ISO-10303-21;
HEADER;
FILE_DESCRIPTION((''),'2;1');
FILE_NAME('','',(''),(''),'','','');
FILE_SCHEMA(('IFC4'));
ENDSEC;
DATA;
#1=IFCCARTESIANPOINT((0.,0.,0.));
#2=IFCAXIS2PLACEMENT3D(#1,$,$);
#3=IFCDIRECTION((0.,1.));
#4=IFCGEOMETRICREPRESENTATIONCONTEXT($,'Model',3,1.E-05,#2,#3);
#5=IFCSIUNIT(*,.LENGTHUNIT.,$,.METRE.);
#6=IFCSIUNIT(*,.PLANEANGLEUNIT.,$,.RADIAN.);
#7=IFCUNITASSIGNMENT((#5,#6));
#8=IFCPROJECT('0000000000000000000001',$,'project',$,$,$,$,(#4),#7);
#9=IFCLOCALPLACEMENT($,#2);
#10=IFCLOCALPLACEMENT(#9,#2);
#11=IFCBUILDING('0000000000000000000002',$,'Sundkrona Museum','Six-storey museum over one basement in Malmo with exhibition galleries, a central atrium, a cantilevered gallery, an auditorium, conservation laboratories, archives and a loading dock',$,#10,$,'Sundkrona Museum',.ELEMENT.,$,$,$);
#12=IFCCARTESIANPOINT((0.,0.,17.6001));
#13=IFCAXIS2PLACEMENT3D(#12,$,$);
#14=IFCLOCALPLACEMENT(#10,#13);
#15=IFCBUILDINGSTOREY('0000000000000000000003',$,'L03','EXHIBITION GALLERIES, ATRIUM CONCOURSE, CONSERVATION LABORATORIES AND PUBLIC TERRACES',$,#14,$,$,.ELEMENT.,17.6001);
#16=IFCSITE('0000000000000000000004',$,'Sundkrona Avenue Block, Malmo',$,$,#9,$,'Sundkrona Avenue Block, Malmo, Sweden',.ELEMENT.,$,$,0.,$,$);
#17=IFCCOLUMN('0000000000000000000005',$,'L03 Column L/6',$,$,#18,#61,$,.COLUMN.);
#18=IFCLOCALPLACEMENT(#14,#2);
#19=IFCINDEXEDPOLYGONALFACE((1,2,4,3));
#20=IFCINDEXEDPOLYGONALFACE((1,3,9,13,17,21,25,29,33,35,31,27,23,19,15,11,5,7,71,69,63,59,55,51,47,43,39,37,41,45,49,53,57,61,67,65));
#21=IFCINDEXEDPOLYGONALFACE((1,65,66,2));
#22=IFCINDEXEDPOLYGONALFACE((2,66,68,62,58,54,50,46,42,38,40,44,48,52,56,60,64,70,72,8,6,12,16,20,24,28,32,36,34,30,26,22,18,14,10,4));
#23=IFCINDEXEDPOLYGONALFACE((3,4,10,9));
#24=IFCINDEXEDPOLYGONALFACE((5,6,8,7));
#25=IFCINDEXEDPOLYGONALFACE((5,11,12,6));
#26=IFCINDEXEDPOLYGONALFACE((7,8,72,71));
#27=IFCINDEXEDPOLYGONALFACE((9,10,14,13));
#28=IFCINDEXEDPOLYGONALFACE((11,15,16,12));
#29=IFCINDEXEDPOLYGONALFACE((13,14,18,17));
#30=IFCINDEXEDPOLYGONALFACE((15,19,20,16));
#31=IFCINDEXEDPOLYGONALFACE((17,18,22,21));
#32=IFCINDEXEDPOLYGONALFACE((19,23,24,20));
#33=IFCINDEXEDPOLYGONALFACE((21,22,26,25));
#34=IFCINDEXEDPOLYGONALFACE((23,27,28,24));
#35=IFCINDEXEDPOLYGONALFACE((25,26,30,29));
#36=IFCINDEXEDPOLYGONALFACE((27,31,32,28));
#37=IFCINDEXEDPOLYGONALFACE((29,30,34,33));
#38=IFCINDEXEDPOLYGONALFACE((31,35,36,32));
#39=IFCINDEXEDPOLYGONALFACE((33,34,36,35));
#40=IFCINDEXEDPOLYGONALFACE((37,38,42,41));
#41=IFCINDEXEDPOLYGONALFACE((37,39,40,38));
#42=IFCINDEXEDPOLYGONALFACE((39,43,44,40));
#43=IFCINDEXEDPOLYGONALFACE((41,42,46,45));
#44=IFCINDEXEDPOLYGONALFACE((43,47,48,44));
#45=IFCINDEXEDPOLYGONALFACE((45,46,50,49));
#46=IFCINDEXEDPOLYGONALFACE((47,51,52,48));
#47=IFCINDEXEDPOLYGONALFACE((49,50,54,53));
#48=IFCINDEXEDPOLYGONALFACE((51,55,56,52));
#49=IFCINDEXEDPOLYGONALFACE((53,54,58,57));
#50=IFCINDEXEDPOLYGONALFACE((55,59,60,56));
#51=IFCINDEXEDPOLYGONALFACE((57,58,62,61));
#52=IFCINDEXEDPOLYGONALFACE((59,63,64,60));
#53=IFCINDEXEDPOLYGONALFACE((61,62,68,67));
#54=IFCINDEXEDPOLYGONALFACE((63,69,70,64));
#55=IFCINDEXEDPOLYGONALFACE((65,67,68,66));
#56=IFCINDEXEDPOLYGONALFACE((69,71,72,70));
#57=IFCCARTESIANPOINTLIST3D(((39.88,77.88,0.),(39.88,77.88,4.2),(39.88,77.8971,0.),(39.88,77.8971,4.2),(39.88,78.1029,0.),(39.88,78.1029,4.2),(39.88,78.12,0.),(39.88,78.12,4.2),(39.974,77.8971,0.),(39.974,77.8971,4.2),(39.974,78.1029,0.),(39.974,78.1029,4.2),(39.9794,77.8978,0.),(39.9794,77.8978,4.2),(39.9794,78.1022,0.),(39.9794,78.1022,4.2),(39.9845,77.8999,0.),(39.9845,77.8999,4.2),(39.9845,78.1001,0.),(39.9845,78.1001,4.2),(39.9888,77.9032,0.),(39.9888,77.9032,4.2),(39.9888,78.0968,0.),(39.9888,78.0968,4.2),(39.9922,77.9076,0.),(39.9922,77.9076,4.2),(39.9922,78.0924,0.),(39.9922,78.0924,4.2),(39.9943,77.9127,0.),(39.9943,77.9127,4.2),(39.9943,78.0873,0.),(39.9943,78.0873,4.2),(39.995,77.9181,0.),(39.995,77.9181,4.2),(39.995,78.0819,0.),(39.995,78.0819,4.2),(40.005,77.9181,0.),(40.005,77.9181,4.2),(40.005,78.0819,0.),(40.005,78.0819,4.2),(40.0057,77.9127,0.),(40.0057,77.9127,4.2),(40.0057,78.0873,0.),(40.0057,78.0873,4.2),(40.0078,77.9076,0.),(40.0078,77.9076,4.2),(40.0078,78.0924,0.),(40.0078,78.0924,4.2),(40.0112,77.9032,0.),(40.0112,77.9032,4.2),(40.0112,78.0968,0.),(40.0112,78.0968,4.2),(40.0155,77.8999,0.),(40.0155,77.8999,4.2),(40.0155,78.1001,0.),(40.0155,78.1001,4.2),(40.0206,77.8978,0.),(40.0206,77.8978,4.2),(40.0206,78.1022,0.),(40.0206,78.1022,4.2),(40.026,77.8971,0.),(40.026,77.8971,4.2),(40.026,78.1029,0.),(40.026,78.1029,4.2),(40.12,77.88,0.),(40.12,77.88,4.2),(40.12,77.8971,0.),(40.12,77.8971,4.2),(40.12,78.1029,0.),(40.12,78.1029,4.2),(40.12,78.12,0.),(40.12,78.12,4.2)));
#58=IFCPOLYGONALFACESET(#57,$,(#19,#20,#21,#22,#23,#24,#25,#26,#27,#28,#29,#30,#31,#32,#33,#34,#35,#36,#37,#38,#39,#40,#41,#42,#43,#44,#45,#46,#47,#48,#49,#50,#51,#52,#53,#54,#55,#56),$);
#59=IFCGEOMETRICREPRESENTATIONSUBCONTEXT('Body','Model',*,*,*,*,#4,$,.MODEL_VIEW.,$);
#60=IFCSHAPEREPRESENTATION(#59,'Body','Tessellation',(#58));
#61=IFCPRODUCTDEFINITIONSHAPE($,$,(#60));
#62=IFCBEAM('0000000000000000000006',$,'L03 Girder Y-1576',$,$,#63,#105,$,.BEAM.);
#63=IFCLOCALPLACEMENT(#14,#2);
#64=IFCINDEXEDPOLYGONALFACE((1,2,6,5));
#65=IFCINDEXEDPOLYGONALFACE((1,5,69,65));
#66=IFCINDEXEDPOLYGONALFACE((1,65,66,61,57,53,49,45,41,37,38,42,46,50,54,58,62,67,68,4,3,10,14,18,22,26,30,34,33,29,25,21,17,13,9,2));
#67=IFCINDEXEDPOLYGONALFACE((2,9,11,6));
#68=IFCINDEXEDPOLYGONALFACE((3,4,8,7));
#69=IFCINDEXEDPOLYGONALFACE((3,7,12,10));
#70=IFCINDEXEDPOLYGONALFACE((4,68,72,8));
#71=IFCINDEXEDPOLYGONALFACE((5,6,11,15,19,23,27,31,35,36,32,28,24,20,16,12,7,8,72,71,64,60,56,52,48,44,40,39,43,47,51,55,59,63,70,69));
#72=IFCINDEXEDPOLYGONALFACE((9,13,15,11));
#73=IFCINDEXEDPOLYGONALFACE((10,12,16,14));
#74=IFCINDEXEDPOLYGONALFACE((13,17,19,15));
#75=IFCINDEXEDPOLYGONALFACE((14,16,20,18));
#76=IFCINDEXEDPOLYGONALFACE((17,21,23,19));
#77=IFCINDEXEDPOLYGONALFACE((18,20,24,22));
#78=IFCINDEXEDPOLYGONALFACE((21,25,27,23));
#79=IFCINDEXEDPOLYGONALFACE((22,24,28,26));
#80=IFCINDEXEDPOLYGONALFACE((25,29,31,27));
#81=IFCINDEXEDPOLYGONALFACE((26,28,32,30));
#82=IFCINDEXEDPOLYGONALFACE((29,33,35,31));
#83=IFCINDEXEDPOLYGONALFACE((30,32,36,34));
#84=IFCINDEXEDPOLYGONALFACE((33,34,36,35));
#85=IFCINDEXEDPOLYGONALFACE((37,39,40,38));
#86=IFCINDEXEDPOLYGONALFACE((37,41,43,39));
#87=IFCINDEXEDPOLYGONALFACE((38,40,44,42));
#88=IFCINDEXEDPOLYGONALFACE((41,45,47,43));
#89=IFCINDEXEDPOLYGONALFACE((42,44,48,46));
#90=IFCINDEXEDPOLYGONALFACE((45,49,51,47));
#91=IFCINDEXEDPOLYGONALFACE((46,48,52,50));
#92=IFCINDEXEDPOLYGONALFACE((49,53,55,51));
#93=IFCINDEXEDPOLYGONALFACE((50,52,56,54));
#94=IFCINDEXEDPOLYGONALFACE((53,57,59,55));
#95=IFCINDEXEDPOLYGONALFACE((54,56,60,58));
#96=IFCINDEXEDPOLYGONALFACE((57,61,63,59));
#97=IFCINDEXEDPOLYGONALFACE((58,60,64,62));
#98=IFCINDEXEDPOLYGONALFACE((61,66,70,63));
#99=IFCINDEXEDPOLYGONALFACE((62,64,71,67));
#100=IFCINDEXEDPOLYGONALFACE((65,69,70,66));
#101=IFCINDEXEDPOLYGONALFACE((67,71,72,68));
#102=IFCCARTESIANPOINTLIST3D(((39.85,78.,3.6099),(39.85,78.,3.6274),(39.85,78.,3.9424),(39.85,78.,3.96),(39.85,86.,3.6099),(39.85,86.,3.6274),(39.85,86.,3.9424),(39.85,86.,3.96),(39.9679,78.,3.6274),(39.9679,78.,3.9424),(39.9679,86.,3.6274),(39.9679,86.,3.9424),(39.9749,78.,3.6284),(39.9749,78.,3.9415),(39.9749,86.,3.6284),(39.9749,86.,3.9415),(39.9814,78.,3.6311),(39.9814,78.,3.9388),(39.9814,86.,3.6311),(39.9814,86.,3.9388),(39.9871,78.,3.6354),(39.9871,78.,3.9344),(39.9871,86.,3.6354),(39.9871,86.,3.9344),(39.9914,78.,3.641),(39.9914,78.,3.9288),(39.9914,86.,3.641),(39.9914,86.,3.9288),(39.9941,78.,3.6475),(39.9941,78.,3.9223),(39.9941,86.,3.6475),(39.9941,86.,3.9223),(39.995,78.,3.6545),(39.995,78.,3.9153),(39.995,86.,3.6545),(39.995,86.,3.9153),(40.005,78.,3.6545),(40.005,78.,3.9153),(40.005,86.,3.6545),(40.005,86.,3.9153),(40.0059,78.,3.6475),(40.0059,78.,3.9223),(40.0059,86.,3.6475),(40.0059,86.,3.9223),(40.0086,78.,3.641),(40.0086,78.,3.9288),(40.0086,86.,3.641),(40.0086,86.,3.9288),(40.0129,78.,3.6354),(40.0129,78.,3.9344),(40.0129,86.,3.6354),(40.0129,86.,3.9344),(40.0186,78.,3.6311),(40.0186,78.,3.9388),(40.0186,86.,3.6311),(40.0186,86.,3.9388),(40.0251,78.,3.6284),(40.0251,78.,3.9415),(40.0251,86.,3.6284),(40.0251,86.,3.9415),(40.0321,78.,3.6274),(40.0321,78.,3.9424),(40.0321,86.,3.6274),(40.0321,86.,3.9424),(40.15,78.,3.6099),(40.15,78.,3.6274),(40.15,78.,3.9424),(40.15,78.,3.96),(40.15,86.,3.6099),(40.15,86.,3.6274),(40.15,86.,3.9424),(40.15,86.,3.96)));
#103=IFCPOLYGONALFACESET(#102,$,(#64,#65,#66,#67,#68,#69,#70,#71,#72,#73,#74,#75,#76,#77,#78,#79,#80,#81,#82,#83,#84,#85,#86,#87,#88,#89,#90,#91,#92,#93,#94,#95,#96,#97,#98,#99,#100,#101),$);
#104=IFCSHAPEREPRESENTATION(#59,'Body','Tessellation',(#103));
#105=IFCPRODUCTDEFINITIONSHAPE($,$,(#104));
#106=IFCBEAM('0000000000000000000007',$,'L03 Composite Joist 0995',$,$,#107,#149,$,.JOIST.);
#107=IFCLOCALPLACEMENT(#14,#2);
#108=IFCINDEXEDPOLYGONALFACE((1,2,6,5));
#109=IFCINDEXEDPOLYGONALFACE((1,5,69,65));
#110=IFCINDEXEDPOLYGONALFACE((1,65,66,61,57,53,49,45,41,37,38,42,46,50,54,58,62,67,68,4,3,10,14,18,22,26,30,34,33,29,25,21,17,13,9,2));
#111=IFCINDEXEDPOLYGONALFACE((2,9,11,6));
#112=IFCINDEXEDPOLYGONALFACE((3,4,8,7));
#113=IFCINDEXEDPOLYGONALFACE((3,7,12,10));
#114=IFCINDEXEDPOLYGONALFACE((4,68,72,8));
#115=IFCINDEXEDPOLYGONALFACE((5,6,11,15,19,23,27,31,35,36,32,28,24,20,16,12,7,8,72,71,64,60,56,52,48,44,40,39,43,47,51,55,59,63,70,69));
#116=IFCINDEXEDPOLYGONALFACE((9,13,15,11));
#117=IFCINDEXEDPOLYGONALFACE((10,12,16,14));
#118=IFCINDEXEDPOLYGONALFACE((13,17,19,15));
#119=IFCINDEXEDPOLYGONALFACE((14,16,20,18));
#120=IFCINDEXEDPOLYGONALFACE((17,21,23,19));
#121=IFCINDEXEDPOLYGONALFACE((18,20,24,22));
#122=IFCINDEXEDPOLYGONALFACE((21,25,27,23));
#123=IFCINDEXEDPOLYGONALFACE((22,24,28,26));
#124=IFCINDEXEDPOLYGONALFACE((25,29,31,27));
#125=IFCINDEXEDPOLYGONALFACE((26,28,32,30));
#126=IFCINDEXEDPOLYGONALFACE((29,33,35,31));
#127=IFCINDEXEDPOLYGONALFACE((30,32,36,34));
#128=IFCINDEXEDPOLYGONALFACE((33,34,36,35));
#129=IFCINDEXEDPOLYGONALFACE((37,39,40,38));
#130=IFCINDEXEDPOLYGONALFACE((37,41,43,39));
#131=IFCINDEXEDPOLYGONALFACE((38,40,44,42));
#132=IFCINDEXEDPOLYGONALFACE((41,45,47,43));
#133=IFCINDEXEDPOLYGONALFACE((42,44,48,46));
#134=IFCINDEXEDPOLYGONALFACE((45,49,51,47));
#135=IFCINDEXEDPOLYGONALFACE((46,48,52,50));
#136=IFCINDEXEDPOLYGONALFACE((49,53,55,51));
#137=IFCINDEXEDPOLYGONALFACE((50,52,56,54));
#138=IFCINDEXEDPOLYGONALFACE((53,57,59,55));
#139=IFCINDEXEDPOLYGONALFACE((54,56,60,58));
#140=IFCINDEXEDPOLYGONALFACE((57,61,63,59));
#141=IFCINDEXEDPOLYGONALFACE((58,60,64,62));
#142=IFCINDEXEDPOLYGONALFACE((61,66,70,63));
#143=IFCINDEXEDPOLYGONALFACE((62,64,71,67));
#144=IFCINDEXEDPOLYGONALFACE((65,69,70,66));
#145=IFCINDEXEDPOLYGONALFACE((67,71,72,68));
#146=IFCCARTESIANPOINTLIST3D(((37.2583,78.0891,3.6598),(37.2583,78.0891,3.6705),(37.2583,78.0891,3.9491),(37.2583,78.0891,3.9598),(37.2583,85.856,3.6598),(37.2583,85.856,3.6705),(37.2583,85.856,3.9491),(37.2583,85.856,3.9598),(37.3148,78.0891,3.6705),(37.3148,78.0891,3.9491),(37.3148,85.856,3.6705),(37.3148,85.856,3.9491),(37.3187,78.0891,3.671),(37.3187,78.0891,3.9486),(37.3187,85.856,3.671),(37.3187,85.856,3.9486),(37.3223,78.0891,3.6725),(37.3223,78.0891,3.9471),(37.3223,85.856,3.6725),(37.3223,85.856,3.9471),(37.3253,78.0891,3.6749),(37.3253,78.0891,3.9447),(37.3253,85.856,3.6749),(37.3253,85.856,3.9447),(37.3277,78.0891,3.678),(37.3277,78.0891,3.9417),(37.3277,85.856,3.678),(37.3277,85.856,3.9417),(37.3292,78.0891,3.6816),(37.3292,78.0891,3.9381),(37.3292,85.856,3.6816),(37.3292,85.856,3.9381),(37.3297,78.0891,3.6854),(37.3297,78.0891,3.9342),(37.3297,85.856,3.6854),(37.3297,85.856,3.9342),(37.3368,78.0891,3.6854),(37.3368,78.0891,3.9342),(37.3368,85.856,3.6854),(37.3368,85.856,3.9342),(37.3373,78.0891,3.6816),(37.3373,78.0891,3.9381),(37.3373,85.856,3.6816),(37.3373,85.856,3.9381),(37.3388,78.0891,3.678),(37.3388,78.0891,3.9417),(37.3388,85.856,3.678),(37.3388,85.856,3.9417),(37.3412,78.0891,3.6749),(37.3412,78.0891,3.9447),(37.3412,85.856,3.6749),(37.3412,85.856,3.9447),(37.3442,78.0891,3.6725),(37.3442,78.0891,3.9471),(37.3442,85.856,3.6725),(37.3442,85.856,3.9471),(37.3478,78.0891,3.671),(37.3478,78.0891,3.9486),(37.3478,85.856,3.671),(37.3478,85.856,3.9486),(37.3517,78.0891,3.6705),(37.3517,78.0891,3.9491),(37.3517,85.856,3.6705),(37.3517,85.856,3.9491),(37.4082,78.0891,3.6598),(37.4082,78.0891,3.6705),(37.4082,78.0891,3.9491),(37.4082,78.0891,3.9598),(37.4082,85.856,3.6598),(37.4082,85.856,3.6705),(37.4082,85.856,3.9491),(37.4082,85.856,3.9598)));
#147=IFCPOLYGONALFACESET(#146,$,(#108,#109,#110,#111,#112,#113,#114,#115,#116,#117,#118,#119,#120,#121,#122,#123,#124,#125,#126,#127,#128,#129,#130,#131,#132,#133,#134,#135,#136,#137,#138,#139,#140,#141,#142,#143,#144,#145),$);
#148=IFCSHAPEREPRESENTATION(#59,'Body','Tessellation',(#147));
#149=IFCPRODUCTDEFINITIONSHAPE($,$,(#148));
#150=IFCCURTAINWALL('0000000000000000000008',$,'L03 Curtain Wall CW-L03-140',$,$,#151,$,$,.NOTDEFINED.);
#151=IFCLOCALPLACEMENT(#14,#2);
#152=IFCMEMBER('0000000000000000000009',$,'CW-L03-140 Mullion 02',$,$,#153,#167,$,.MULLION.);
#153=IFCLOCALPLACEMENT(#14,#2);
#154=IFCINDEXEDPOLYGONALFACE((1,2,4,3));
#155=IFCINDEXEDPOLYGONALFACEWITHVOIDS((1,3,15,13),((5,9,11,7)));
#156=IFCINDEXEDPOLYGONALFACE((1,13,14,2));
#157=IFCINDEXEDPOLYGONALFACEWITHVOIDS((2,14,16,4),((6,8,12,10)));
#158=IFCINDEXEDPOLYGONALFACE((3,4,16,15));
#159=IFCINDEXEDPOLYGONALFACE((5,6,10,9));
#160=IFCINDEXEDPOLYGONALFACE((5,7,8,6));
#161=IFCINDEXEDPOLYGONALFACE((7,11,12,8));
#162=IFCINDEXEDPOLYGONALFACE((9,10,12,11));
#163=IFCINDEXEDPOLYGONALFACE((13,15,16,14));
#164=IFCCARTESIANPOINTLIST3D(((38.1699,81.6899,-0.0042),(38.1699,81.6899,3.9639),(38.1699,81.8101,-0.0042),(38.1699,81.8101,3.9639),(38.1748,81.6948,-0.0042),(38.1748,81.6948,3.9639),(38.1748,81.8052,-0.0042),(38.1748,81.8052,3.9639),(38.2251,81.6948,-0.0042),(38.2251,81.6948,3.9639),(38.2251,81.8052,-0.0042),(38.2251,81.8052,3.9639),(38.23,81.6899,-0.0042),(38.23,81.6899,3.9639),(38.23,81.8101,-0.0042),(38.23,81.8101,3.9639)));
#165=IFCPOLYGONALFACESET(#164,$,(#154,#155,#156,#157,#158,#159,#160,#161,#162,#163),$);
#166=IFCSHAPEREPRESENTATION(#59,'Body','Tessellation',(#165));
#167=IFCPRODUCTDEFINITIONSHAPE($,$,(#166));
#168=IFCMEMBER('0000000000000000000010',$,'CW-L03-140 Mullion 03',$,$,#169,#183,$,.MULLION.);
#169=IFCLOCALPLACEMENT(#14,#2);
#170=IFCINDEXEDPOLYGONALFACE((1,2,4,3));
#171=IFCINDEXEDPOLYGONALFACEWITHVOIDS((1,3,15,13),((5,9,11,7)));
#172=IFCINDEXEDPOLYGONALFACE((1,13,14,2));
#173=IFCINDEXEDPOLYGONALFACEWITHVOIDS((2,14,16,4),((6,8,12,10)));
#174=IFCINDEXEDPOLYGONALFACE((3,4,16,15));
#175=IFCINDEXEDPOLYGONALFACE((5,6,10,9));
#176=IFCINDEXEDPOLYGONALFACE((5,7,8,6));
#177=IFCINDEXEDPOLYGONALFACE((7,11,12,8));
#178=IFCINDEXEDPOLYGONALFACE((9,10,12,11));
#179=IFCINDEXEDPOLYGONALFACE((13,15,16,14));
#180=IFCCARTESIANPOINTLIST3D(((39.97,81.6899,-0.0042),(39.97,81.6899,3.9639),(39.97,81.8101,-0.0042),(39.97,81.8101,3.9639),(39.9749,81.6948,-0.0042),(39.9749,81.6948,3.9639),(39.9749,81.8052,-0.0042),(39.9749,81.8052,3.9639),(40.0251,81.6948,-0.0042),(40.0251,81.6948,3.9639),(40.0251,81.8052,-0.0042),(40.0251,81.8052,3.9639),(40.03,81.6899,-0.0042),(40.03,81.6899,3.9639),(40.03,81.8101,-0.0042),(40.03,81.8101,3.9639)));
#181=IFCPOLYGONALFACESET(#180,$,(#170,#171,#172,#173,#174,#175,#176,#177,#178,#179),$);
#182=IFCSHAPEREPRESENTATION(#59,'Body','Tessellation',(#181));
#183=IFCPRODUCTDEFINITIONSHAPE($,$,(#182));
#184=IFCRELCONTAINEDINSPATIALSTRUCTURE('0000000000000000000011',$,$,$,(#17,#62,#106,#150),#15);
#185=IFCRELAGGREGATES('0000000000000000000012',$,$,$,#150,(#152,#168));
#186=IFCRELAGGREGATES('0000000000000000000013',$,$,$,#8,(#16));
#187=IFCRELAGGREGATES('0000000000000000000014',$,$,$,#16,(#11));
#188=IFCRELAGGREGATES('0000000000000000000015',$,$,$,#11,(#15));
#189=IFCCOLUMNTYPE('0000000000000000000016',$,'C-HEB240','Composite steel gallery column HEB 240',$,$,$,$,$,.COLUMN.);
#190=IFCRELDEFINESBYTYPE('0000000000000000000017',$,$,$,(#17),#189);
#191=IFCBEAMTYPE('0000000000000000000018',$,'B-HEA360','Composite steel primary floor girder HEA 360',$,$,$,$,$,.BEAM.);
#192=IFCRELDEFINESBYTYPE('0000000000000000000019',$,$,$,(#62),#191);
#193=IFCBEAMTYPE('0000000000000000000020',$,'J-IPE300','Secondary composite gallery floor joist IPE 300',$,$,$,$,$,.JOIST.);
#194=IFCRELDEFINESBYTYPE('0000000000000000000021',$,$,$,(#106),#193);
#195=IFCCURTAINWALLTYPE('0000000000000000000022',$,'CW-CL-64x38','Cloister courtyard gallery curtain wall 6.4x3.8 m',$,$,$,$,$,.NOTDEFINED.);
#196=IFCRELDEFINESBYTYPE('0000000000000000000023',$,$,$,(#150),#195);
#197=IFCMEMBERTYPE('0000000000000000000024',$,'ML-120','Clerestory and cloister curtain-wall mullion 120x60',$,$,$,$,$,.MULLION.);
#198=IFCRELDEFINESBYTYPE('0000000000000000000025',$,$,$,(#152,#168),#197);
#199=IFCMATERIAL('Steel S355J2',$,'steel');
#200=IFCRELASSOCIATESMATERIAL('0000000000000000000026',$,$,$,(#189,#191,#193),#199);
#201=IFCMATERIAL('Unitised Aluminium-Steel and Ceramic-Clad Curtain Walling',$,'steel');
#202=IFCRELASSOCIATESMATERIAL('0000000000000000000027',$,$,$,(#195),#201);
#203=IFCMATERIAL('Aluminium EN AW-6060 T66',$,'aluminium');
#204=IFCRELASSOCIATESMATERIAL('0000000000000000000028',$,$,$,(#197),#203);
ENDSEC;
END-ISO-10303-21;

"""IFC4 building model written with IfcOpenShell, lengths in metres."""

from ifc_helpers import new_model, si_unit, direction, frame, origin, origin_2d, place, context, subcontext, project, spatial, hollow_rectangle, i_section, extrude, material, material_profile, profile_set, type_object, element, aggregate, save


model = new_model("IFC4")

# Units and contexts
model_context = context("Model", 3, precision=1e-05, world=origin(), true_north=direction((0.0, 1.0)))
body_context = subcontext(model_context, "Body", "Model", "MODEL_VIEW")
ifc_project = project(units=[si_unit("LENGTHUNIT", "METRE"), si_unit("PLANEANGLEUNIT", "RADIAN")], contexts=[model_context])

# Site, building, storey
site_placement = place(None, origin())
site = spatial("IfcSite", under=ifc_project, at=site_placement, Name="Sundkrona Avenue Block, Malmo", LongName="Sundkrona Avenue Block, Malmo, Sweden", CompositionType="ELEMENT", RefElevation=0.0)
building_placement = place(site_placement, origin())
building = spatial("IfcBuilding", under=site, at=building_placement, Name="Sundkrona Museum", Description="Six-storey museum over one basement in Malmo with exhibition galleries, a central atrium, a cantilevered gallery, an auditorium, conservation laboratories, archives and a loading dock", LongName="Sundkrona Museum", CompositionType="ELEMENT")
storey_placement = place(building_placement, frame((0.0, 0.0, 17.6001)))
storey = spatial("IfcBuildingStorey", under=building, at=storey_placement, Name="L03", Description="EXHIBITION GALLERIES, ATRIUM CONCOURSE, CONSERVATION LABORATORIES AND PUBLIC TERRACES", CompositionType="ELEMENT", Elevation=17.6001)

# Column
ifc_material_1 = material(Name="Steel S355J2", Category="steel")
ifc_material_profile_1 = material_profile(ifc_material_1, i_section(OverallWidth=0.24, OverallDepth=0.24, WebThickness=0.01, FlangeThickness=0.0171, FilletRadius=0.021, at=origin_2d()), Name="HEB 240")
ifc_profile_set_1 = profile_set([ifc_material_profile_1], Name="Steel S355J2")
column_type = type_object("IfcColumnType", Name="C-HEB240", Description="Composite steel gallery column HEB 240", PredefinedType="COLUMN", material=ifc_profile_set_1)
column_placement = place(storey_placement, frame((40.0, 78.0, 0.0), z_axis=(0.0, 0.0, 1.0), x_axis=(1.0, 0.0, 0.0)))
element("IfcColumn", 1, at=column_placement, inside=storey, type_object=column_type, Name="L03 Column L/6", PredefinedType="COLUMN", context=body_context, shape_type="SweptSolid", body=[
    extrude(i_section(OverallWidth=0.24, OverallDepth=0.24, WebThickness=0.01, FlangeThickness=0.0171, FilletRadius=0.021, at=origin_2d()), origin(), (0.0, 0.0, 1.0), 4.2),
])

# Beams
ifc_material_profile_2 = material_profile(ifc_material_1, i_section(OverallWidth=0.3, OverallDepth=0.3501, WebThickness=0.01, FlangeThickness=0.0176, FilletRadius=0.0271, at=origin_2d()), Name="HEA 360")
ifc_profile_set_2 = profile_set([ifc_material_profile_2], Name="Steel S355J2")
beam_type_1 = type_object("IfcBeamType", Name="B-HEA360", Description="Composite steel primary floor girder HEA 360", PredefinedType="BEAM", material=ifc_profile_set_2)
beam_1_placement = place(storey_placement, frame((40.0, 78.0, 3.7849), z_axis=(0.0, 1.0, 0.0), x_axis=(-1.0, 0.0, 0.0)))
element("IfcBeam", 2, at=beam_1_placement, inside=storey, type_object=beam_type_1, Name="L03 Girder Y-1576", PredefinedType="BEAM", context=body_context, shape_type="SweptSolid", body=[
    extrude(i_section(OverallWidth=0.3, OverallDepth=0.3501, WebThickness=0.01, FlangeThickness=0.0176, FilletRadius=0.0271, at=origin_2d()), origin(), (0.0, 0.0, 1.0), 8.0),
])
ifc_material_profile_3 = material_profile(ifc_material_1, i_section(OverallWidth=0.1499, OverallDepth=0.3, WebThickness=0.0071, FlangeThickness=0.0107, FilletRadius=0.0149, at=origin_2d()), Name="IPE 300")
ifc_profile_set_3 = profile_set([ifc_material_profile_3], Name="Steel S355J2")
beam_type_2 = type_object("IfcBeamType", Name="J-IPE300", Description="Secondary composite gallery floor joist IPE 300", PredefinedType="JOIST", material=ifc_profile_set_3)
beam_2_placement = place(storey_placement, frame((37.3333, 78.0891, 3.8098), z_axis=(0.0, 1.0, 0.0), x_axis=(-1.0, 0.0, 0.0)))
element("IfcBeam", 3, at=beam_2_placement, inside=storey, type_object=beam_type_2, Name="L03 Composite Joist 0995", PredefinedType="JOIST", context=body_context, shape_type="SweptSolid", body=[
    extrude(i_section(OverallWidth=0.1499, OverallDepth=0.3, WebThickness=0.0071, FlangeThickness=0.0107, FilletRadius=0.0149, at=origin_2d()), origin(), (0.0, 0.0, 1.0), 7.7668),
])

# Curtain wall, members
ifc_material_2 = material(Name="Unitised Aluminium-Steel and Ceramic-Clad Curtain Walling", Category="steel")
curtain_wall_type = type_object("IfcCurtainWallType", Name="CW-CL-64x38", Description="Cloister courtyard gallery curtain wall 6.4x3.8 m", PredefinedType="NOTDEFINED", material=ifc_material_2)
curtain_wall_placement = place(storey_placement, origin())
curtain_wall = element("IfcCurtainWall", 4, at=curtain_wall_placement, inside=storey, type_object=curtain_wall_type, Name="L03 Curtain Wall CW-L03-140", PredefinedType="NOTDEFINED")
ifc_material_3 = material(Name="Aluminium EN AW-6060 T66", Category="aluminium")
ifc_material_profile_4 = material_profile(ifc_material_3, hollow_rectangle(XDim=0.0601, YDim=0.1201, WallThickness=0.0049, at=origin_2d()), Name="RHS 120x60x5.0")
ifc_profile_set_4 = profile_set([ifc_material_profile_4], Name="Aluminium EN AW-6060 T66")
member_type_1 = type_object("IfcMemberType", Name="ML-120", Description="Clerestory and cloister curtain-wall mullion 120x60", PredefinedType="MULLION", material=ifc_profile_set_4)
member_1_placement = place(storey_placement, frame((38.2, 81.75, -0.0042), z_axis=(0.0, 0.0, 1.0), x_axis=(1.0, 0.0, 0.0)))
member_1 = element("IfcMember", 5, at=member_1_placement, type_object=member_type_1, Name="CW-L03-140 Mullion 02", PredefinedType="MULLION", context=body_context, shape_type="SweptSolid", body=[
    extrude(hollow_rectangle(XDim=0.0601, YDim=0.1201, WallThickness=0.0049, at=origin_2d()), origin(), (0.0, 0.0, 1.0), 3.968),
])
member_2_placement = place(storey_placement, frame((40.0, 81.75, -0.0042), z_axis=(0.0, 0.0, 1.0), x_axis=(1.0, 0.0, 0.0)))
member_2 = element("IfcMember", 6, at=member_2_placement, type_object=member_type_1, Name="CW-L03-140 Mullion 03", PredefinedType="MULLION", context=body_context, shape_type="SweptSolid", body=[
    extrude(hollow_rectangle(XDim=0.0601, YDim=0.1201, WallThickness=0.0049, at=origin_2d()), origin(), (0.0, 0.0, 1.0), 3.968),
])

aggregate(curtain_wall, [member_1, member_2])

save(model, "model.ifc")
